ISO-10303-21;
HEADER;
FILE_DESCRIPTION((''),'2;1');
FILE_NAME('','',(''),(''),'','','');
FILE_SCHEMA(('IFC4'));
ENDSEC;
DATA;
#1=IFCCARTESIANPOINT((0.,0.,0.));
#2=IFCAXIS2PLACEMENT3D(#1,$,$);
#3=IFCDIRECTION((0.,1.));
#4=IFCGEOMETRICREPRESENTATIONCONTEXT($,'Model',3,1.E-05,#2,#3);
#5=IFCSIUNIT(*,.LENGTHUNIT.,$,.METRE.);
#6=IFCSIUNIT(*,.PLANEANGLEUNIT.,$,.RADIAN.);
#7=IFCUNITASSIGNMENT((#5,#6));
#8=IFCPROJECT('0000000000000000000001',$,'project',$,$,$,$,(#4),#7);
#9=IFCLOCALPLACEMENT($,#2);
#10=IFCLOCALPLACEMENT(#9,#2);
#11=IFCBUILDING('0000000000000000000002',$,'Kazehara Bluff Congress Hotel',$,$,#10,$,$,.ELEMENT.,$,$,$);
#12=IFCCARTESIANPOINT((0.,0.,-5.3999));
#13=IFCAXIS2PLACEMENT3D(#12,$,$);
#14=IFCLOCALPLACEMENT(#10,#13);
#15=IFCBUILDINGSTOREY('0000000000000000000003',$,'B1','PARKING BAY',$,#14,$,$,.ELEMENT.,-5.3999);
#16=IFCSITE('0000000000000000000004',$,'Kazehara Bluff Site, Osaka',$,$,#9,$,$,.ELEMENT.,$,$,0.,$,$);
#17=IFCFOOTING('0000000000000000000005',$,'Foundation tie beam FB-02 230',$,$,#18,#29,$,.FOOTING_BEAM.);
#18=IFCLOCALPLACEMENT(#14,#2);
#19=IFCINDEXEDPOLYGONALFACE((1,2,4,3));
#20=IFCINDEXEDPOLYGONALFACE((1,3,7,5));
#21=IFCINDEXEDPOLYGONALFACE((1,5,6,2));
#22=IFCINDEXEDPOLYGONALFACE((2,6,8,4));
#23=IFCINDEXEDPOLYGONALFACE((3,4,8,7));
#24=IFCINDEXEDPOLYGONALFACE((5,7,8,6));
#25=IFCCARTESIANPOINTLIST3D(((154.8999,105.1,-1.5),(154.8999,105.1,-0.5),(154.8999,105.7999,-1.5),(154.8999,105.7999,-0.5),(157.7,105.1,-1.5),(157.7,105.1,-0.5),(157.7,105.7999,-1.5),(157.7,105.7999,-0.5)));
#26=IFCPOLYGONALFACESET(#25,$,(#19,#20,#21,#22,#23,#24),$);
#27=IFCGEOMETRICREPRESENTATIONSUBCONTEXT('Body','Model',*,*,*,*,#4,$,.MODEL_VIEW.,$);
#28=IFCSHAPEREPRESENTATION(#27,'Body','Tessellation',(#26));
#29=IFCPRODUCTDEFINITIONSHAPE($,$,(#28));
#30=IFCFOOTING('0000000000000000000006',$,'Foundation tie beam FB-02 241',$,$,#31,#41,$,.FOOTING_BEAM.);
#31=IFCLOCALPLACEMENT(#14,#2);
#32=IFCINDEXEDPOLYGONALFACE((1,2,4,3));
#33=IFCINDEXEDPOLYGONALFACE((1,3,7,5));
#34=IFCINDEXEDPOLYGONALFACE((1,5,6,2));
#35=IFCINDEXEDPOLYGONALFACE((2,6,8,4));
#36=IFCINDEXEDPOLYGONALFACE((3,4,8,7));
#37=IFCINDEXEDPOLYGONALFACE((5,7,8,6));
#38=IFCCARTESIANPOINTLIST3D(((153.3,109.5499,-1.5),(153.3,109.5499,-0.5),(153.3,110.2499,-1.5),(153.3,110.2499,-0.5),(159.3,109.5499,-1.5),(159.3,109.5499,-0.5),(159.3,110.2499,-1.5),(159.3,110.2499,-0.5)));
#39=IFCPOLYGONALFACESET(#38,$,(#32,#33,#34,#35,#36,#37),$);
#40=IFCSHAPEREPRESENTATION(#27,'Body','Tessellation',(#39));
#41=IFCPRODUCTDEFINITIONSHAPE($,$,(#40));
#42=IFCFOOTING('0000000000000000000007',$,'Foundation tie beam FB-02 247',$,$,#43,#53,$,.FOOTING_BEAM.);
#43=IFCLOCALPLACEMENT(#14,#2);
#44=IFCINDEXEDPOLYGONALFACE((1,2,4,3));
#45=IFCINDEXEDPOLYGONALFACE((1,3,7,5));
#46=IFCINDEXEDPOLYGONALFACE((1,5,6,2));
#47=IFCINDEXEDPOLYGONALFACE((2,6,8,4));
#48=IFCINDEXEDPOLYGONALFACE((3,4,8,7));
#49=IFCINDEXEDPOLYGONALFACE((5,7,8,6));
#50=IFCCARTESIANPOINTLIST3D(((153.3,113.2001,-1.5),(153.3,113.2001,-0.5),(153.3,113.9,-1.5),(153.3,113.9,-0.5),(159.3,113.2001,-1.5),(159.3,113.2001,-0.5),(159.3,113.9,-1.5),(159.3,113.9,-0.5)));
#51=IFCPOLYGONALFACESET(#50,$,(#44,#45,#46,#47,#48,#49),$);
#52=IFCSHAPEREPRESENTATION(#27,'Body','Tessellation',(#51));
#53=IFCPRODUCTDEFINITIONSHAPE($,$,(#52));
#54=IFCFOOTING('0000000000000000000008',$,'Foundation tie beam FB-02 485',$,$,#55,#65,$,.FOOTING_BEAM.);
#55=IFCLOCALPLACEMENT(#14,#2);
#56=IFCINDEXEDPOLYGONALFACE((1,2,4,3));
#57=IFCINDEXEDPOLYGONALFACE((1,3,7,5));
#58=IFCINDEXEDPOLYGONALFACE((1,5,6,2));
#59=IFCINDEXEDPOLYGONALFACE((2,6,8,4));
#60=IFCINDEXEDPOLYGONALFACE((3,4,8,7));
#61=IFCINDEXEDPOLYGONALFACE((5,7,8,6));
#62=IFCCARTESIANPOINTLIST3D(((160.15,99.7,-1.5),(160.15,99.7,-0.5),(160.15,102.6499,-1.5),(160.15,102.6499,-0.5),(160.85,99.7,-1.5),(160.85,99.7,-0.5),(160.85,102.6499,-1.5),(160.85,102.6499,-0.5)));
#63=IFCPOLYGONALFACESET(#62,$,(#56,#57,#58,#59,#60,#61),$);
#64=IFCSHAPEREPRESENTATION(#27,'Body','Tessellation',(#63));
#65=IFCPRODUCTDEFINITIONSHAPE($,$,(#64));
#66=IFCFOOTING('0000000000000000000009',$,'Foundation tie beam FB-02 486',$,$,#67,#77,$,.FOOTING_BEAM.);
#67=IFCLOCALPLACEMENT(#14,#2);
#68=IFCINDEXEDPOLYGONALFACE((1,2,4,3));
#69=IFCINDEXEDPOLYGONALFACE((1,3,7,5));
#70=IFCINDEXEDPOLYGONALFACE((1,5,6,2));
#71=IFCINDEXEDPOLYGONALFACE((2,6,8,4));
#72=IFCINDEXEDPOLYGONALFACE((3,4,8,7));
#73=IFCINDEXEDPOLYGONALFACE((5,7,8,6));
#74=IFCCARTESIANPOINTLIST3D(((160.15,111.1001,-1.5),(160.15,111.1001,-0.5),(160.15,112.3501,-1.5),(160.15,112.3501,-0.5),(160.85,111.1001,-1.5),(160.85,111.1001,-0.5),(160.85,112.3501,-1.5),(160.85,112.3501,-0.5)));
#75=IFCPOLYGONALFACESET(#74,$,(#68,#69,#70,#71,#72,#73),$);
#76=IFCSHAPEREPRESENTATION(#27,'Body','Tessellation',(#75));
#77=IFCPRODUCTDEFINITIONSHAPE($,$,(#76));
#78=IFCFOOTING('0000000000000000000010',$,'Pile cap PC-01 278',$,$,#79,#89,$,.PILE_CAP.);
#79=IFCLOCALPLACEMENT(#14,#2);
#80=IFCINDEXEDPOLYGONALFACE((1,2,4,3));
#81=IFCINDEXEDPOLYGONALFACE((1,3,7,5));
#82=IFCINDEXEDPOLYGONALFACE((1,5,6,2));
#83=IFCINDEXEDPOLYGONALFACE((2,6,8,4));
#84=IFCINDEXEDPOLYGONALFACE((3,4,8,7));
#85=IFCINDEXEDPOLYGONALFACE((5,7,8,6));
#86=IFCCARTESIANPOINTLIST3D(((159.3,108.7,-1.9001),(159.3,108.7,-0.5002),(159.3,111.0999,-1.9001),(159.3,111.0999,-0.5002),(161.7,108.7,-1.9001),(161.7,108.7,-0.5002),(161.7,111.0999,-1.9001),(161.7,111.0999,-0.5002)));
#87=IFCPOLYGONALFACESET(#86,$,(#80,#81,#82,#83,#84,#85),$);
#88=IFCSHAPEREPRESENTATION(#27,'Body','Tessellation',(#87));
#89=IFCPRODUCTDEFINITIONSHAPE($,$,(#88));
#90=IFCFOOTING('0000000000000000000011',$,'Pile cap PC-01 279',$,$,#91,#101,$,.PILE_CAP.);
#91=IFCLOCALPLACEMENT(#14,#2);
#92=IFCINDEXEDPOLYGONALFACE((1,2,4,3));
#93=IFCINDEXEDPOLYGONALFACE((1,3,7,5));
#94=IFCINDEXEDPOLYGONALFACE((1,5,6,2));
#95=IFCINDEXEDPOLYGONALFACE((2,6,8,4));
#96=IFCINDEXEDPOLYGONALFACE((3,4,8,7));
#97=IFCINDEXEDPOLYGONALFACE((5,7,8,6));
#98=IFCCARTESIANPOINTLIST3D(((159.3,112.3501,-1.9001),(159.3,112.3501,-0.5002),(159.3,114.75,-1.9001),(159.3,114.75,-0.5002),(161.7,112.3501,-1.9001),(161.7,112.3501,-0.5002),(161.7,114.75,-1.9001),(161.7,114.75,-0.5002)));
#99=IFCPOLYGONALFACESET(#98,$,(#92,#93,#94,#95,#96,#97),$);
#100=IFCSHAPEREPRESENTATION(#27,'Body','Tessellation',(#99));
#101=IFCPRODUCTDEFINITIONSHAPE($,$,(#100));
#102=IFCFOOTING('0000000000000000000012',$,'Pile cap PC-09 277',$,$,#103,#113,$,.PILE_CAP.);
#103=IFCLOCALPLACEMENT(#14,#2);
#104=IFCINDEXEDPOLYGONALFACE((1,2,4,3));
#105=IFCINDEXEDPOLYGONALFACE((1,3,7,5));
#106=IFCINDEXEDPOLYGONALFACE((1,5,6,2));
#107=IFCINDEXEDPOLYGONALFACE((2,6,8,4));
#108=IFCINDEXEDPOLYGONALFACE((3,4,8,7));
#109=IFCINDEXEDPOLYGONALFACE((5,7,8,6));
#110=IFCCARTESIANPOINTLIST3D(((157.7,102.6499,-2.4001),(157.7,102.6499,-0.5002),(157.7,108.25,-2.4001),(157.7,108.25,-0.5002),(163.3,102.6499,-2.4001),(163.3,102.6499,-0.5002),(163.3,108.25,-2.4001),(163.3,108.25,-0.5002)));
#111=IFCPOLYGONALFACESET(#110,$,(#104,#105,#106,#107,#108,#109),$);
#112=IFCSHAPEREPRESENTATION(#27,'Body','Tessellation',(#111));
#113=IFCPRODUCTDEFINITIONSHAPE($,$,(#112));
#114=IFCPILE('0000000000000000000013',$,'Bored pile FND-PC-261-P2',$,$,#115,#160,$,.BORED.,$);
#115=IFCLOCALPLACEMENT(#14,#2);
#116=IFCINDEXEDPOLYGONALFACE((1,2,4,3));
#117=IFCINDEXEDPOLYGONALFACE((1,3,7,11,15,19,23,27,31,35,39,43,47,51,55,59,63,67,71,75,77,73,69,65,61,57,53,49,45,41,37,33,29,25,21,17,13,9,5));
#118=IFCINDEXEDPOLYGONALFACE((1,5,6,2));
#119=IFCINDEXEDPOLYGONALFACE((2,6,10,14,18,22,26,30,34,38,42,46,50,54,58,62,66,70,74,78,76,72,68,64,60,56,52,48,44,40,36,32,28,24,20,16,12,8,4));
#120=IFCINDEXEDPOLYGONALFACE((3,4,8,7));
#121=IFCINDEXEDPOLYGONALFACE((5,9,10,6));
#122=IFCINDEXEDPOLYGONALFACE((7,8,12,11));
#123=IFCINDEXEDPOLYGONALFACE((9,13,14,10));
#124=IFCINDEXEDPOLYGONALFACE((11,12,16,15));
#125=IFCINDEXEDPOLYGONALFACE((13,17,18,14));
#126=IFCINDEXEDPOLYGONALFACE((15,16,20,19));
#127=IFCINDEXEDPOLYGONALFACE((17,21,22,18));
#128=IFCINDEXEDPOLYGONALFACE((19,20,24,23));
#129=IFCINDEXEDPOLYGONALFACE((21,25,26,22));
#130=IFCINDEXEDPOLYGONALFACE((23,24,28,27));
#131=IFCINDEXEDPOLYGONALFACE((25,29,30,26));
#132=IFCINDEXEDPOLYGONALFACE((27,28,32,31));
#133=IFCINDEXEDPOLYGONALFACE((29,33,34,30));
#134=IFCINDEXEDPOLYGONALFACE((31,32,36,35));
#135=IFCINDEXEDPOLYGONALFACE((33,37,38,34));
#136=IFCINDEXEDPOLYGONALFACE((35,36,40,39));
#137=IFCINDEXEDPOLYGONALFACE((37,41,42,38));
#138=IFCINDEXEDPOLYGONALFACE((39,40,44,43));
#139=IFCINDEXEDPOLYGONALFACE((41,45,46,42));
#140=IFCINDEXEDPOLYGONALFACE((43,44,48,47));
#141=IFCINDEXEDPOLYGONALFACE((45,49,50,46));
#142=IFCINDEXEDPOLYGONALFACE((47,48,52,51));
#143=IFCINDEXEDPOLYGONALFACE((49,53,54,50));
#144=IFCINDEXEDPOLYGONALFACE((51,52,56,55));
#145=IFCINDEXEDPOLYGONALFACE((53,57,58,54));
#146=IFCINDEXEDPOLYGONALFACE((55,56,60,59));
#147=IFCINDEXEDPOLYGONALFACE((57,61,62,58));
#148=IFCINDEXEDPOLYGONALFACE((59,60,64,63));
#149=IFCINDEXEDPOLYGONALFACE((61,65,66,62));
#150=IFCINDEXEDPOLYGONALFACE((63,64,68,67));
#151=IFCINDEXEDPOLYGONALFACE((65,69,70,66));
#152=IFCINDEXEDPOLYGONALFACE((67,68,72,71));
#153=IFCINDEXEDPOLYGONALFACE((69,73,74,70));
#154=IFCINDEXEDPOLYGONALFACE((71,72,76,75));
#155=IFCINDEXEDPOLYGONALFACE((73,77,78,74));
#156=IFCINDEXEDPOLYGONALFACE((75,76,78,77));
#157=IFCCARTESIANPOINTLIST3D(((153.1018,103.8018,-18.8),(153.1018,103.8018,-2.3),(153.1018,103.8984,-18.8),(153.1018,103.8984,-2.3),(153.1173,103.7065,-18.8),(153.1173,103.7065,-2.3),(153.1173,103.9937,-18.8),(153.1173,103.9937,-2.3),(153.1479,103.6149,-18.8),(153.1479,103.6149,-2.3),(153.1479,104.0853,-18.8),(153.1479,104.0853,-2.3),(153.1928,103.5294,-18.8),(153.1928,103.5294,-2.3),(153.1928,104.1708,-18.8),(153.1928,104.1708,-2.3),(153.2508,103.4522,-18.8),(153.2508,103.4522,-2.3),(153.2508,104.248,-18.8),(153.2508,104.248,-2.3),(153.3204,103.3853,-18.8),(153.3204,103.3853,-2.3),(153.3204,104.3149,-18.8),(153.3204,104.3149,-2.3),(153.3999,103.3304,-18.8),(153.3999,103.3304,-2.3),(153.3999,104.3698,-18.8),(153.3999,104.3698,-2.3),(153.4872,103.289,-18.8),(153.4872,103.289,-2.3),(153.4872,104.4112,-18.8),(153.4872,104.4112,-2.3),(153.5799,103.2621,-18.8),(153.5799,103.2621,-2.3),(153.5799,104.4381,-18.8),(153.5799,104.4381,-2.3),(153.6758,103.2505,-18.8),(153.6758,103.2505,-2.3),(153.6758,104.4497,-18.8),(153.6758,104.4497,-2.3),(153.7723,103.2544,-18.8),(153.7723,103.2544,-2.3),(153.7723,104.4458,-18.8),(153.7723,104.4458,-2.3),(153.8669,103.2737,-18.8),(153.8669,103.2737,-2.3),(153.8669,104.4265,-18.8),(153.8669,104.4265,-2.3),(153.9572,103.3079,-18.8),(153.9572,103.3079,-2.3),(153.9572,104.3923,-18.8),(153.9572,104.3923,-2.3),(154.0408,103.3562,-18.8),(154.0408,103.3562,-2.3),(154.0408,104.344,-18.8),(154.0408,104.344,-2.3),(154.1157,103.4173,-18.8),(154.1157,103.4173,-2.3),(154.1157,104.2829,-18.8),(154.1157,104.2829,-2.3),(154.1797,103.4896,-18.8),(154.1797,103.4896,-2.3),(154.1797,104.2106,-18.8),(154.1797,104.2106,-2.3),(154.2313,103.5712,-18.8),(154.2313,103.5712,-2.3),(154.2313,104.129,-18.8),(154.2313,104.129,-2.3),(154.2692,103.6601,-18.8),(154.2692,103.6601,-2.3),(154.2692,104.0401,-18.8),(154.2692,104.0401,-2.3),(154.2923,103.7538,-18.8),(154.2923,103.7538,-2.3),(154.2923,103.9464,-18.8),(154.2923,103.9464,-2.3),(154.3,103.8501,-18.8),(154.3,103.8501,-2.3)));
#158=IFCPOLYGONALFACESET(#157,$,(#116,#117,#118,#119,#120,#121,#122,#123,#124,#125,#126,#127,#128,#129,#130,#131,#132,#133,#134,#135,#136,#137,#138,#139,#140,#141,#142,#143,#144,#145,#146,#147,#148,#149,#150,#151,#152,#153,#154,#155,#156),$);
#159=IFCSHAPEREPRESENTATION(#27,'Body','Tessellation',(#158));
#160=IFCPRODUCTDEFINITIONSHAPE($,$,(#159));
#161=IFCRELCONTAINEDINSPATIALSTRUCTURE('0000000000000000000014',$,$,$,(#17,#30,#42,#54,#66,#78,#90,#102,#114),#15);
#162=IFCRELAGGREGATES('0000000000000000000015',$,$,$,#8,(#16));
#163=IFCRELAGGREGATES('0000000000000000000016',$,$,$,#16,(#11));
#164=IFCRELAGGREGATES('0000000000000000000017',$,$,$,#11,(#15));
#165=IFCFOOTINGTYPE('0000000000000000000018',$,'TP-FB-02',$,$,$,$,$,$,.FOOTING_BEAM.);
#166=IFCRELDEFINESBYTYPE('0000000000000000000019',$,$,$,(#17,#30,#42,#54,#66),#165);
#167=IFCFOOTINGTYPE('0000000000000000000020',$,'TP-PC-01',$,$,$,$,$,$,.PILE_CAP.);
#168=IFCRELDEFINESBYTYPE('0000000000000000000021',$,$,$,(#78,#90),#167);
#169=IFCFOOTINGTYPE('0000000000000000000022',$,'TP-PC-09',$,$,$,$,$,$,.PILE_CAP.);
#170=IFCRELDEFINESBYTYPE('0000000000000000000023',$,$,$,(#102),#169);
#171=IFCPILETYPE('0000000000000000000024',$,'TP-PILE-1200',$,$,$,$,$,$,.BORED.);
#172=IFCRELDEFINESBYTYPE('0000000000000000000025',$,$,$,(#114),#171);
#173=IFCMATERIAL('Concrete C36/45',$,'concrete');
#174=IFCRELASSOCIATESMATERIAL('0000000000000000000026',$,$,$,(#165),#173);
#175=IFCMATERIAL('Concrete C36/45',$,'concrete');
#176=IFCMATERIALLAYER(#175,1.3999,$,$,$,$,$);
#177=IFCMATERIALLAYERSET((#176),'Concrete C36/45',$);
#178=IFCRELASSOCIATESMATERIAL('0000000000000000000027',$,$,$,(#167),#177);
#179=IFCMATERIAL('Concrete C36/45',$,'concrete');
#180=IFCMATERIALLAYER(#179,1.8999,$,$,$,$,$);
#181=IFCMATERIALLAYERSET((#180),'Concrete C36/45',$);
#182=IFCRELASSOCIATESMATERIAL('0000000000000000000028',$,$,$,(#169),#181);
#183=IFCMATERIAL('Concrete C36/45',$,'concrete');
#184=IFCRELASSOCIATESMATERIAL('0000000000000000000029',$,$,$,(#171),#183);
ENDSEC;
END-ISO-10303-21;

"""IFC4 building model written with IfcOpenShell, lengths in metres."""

from ifc_helpers import new_model, si_unit, direction, frame, origin, origin_2d, place, context, subcontext, project, spatial, rectangle, circle, extrude, material, layer, layer_set, material_profile, profile_set, type_object, element, save


model = new_model("IFC4")

# Units and contexts
model_context = context("Model", 3, precision=1e-05, world=origin(), true_north=direction((0.0, 1.0)))
body_context = subcontext(model_context, "Body", "Model", "MODEL_VIEW")
ifc_project = project(units=[si_unit("LENGTHUNIT", "METRE"), si_unit("PLANEANGLEUNIT", "RADIAN")], contexts=[model_context])

# Site, building, storey
site_placement = place(None, origin())
site = spatial("IfcSite", under=ifc_project, at=site_placement, Name="Kazehara Bluff Site, Osaka", CompositionType="ELEMENT", RefElevation=0.0)
building_placement = place(site_placement, origin())
building = spatial("IfcBuilding", under=site, at=building_placement, Name="Kazehara Bluff Congress Hotel", CompositionType="ELEMENT")
storey_placement = place(building_placement, frame((0.0, 0.0, -5.3999)))
storey = spatial("IfcBuildingStorey", under=building, at=storey_placement, Name="B1", Description="PARKING BAY", CompositionType="ELEMENT", Elevation=-5.3999)

# Footings
ifc_material_1 = material(Name="Concrete C36/45", Category="concrete")
ifc_material_profile_1 = material_profile(ifc_material_1, rectangle(XDim=0.7, YDim=1.0, at=origin_2d()))
ifc_profile_set_1 = profile_set([ifc_material_profile_1], Name="Concrete C36/45")
footing_type_1 = type_object("IfcFootingType", Name="TP-FB-02", PredefinedType="FOOTING_BEAM", material=ifc_profile_set_1)
footing_1_placement = place(storey_placement, frame((154.8999, 105.45, -1.0), z_axis=(1.0, 0.0, 0.0), x_axis=(0.0, 1.0, 0.0)))
element("IfcFooting", 1, at=footing_1_placement, inside=storey, type_object=footing_type_1, Name="Foundation tie beam FB-02 230", PredefinedType="FOOTING_BEAM", context=body_context, shape_type="SweptSolid", body=[
    extrude(rectangle(XDim=0.7, YDim=1.0, at=origin_2d()), origin(), (0.0, 0.0, 1.0), 2.8),
])
for number, where, z_axis, x_axis, name in (
    (2, (153.3, 109.8999, -1.0), (1.0, 0.0, 0.0), (0.0, 1.0, 0.0), "Foundation tie beam FB-02 241"),
    (3, (153.3, 113.55, -1.0), (1.0, 0.0, 0.0), (0.0, 1.0, 0.0), "Foundation tie beam FB-02 247"),
):
    element("IfcFooting", number, at=place(storey_placement, frame(where, z_axis=z_axis, x_axis=x_axis)), inside=storey, type_object=footing_type_1, Name=name, PredefinedType="FOOTING_BEAM", context=body_context, shape_type="SweptSolid", body=[
        extrude(rectangle(XDim=0.7, YDim=1.0, at=origin_2d()), origin(), (0.0, 0.0, 1.0), 6.0),
    ])
footing_2_placement = place(storey_placement, frame((160.5, 99.7, -1.0), z_axis=(0.0, 1.0, 0.0), x_axis=(-1.0, 0.0, 0.0)))
element("IfcFooting", 4, at=footing_2_placement, inside=storey, type_object=footing_type_1, Name="Foundation tie beam FB-02 485", PredefinedType="FOOTING_BEAM", context=body_context, shape_type="SweptSolid", body=[
    extrude(rectangle(XDim=0.7, YDim=1.0, at=origin_2d()), origin(), (0.0, 0.0, 1.0), 2.95),
])
footing_3_placement = place(storey_placement, frame((160.5, 111.1001, -1.0), z_axis=(0.0, 1.0, 0.0), x_axis=(-1.0, 0.0, 0.0)))
element("IfcFooting", 5, at=footing_3_placement, inside=storey, type_object=footing_type_1, Name="Foundation tie beam FB-02 486", PredefinedType="FOOTING_BEAM", context=body_context, shape_type="SweptSolid", body=[
    extrude(rectangle(XDim=0.7, YDim=1.0, at=origin_2d()), origin(), (0.0, 0.0, 1.0), 1.25),
])
ifc_material_2 = material(Name="Concrete C36/45", Category="concrete")
ifc_layer_1 = layer(ifc_material_2, 1.3999)
ifc_layer_set_1 = layer_set([ifc_layer_1], Name="Concrete C36/45")
footing_type_2 = type_object("IfcFootingType", Name="TP-PC-01", PredefinedType="PILE_CAP", material=ifc_layer_set_1)
for number, where, z_axis, x_axis, name in (
    (6, (160.5, 109.8999, -1.9001), (0.0, 0.0, 1.0), (1.0, 0.0, 0.0), "Pile cap PC-01 278"),
    (7, (160.5, 113.55, -1.9001), (0.0, 0.0, 1.0), (1.0, 0.0, 0.0), "Pile cap PC-01 279"),
):
    element("IfcFooting", number, at=place(storey_placement, frame(where, z_axis=z_axis, x_axis=x_axis)), inside=storey, type_object=footing_type_2, Name=name, PredefinedType="PILE_CAP", context=body_context, shape_type="SweptSolid", body=[
        extrude(rectangle(XDim=2.3999, YDim=2.3999, at=origin_2d()), origin(), (0.0, 0.0, 1.0), 1.3999),
    ])
ifc_material_3 = material(Name="Concrete C36/45", Category="concrete")
ifc_layer_2 = layer(ifc_material_3, 1.8999)
ifc_layer_set_2 = layer_set([ifc_layer_2], Name="Concrete C36/45")
footing_type_3 = type_object("IfcFootingType", Name="TP-PC-09", PredefinedType="PILE_CAP", material=ifc_layer_set_2)
footing_4_placement = place(storey_placement, frame((160.5, 105.45, -2.4001), z_axis=(0.0, 0.0, 1.0), x_axis=(1.0, 0.0, 0.0)))
element("IfcFooting", 8, at=footing_4_placement, inside=storey, type_object=footing_type_3, Name="Pile cap PC-09 277", PredefinedType="PILE_CAP", context=body_context, shape_type="SweptSolid", body=[
    extrude(rectangle(XDim=5.6001, YDim=5.6001, at=origin_2d()), origin(), (0.0, 0.0, 1.0), 1.8999),
])

# Pile
ifc_material_4 = material(Name="Concrete C36/45", Category="concrete")
ifc_material_profile_2 = material_profile(ifc_material_4, circle(Radius=0.6001, at=origin_2d()))
ifc_profile_set_2 = profile_set([ifc_material_profile_2], Name="Concrete C36/45")
pile_type = type_object("IfcPileType", Name="TP-PILE-1200", PredefinedType="BORED", material=ifc_profile_set_2)
for number, where, z_axis, x_axis, name in (
    (9, (153.7, 103.8501, -2.3), (0.0, 0.0, -1.0), (1.0, 0.0, 0.0), "Bored pile FND-PC-261-P2"),
):
    element("IfcPile", number, at=place(storey_placement, frame(where, z_axis=z_axis, x_axis=x_axis)), inside=storey, type_object=pile_type, Name=name, PredefinedType="BORED", context=body_context, shape_type="SweptSolid", body=[
        extrude(circle(Radius=0.6001, at=origin_2d()), origin(), (0.0, 0.0, 1.0), 16.5),
    ])

save(model, "model.ifc")
